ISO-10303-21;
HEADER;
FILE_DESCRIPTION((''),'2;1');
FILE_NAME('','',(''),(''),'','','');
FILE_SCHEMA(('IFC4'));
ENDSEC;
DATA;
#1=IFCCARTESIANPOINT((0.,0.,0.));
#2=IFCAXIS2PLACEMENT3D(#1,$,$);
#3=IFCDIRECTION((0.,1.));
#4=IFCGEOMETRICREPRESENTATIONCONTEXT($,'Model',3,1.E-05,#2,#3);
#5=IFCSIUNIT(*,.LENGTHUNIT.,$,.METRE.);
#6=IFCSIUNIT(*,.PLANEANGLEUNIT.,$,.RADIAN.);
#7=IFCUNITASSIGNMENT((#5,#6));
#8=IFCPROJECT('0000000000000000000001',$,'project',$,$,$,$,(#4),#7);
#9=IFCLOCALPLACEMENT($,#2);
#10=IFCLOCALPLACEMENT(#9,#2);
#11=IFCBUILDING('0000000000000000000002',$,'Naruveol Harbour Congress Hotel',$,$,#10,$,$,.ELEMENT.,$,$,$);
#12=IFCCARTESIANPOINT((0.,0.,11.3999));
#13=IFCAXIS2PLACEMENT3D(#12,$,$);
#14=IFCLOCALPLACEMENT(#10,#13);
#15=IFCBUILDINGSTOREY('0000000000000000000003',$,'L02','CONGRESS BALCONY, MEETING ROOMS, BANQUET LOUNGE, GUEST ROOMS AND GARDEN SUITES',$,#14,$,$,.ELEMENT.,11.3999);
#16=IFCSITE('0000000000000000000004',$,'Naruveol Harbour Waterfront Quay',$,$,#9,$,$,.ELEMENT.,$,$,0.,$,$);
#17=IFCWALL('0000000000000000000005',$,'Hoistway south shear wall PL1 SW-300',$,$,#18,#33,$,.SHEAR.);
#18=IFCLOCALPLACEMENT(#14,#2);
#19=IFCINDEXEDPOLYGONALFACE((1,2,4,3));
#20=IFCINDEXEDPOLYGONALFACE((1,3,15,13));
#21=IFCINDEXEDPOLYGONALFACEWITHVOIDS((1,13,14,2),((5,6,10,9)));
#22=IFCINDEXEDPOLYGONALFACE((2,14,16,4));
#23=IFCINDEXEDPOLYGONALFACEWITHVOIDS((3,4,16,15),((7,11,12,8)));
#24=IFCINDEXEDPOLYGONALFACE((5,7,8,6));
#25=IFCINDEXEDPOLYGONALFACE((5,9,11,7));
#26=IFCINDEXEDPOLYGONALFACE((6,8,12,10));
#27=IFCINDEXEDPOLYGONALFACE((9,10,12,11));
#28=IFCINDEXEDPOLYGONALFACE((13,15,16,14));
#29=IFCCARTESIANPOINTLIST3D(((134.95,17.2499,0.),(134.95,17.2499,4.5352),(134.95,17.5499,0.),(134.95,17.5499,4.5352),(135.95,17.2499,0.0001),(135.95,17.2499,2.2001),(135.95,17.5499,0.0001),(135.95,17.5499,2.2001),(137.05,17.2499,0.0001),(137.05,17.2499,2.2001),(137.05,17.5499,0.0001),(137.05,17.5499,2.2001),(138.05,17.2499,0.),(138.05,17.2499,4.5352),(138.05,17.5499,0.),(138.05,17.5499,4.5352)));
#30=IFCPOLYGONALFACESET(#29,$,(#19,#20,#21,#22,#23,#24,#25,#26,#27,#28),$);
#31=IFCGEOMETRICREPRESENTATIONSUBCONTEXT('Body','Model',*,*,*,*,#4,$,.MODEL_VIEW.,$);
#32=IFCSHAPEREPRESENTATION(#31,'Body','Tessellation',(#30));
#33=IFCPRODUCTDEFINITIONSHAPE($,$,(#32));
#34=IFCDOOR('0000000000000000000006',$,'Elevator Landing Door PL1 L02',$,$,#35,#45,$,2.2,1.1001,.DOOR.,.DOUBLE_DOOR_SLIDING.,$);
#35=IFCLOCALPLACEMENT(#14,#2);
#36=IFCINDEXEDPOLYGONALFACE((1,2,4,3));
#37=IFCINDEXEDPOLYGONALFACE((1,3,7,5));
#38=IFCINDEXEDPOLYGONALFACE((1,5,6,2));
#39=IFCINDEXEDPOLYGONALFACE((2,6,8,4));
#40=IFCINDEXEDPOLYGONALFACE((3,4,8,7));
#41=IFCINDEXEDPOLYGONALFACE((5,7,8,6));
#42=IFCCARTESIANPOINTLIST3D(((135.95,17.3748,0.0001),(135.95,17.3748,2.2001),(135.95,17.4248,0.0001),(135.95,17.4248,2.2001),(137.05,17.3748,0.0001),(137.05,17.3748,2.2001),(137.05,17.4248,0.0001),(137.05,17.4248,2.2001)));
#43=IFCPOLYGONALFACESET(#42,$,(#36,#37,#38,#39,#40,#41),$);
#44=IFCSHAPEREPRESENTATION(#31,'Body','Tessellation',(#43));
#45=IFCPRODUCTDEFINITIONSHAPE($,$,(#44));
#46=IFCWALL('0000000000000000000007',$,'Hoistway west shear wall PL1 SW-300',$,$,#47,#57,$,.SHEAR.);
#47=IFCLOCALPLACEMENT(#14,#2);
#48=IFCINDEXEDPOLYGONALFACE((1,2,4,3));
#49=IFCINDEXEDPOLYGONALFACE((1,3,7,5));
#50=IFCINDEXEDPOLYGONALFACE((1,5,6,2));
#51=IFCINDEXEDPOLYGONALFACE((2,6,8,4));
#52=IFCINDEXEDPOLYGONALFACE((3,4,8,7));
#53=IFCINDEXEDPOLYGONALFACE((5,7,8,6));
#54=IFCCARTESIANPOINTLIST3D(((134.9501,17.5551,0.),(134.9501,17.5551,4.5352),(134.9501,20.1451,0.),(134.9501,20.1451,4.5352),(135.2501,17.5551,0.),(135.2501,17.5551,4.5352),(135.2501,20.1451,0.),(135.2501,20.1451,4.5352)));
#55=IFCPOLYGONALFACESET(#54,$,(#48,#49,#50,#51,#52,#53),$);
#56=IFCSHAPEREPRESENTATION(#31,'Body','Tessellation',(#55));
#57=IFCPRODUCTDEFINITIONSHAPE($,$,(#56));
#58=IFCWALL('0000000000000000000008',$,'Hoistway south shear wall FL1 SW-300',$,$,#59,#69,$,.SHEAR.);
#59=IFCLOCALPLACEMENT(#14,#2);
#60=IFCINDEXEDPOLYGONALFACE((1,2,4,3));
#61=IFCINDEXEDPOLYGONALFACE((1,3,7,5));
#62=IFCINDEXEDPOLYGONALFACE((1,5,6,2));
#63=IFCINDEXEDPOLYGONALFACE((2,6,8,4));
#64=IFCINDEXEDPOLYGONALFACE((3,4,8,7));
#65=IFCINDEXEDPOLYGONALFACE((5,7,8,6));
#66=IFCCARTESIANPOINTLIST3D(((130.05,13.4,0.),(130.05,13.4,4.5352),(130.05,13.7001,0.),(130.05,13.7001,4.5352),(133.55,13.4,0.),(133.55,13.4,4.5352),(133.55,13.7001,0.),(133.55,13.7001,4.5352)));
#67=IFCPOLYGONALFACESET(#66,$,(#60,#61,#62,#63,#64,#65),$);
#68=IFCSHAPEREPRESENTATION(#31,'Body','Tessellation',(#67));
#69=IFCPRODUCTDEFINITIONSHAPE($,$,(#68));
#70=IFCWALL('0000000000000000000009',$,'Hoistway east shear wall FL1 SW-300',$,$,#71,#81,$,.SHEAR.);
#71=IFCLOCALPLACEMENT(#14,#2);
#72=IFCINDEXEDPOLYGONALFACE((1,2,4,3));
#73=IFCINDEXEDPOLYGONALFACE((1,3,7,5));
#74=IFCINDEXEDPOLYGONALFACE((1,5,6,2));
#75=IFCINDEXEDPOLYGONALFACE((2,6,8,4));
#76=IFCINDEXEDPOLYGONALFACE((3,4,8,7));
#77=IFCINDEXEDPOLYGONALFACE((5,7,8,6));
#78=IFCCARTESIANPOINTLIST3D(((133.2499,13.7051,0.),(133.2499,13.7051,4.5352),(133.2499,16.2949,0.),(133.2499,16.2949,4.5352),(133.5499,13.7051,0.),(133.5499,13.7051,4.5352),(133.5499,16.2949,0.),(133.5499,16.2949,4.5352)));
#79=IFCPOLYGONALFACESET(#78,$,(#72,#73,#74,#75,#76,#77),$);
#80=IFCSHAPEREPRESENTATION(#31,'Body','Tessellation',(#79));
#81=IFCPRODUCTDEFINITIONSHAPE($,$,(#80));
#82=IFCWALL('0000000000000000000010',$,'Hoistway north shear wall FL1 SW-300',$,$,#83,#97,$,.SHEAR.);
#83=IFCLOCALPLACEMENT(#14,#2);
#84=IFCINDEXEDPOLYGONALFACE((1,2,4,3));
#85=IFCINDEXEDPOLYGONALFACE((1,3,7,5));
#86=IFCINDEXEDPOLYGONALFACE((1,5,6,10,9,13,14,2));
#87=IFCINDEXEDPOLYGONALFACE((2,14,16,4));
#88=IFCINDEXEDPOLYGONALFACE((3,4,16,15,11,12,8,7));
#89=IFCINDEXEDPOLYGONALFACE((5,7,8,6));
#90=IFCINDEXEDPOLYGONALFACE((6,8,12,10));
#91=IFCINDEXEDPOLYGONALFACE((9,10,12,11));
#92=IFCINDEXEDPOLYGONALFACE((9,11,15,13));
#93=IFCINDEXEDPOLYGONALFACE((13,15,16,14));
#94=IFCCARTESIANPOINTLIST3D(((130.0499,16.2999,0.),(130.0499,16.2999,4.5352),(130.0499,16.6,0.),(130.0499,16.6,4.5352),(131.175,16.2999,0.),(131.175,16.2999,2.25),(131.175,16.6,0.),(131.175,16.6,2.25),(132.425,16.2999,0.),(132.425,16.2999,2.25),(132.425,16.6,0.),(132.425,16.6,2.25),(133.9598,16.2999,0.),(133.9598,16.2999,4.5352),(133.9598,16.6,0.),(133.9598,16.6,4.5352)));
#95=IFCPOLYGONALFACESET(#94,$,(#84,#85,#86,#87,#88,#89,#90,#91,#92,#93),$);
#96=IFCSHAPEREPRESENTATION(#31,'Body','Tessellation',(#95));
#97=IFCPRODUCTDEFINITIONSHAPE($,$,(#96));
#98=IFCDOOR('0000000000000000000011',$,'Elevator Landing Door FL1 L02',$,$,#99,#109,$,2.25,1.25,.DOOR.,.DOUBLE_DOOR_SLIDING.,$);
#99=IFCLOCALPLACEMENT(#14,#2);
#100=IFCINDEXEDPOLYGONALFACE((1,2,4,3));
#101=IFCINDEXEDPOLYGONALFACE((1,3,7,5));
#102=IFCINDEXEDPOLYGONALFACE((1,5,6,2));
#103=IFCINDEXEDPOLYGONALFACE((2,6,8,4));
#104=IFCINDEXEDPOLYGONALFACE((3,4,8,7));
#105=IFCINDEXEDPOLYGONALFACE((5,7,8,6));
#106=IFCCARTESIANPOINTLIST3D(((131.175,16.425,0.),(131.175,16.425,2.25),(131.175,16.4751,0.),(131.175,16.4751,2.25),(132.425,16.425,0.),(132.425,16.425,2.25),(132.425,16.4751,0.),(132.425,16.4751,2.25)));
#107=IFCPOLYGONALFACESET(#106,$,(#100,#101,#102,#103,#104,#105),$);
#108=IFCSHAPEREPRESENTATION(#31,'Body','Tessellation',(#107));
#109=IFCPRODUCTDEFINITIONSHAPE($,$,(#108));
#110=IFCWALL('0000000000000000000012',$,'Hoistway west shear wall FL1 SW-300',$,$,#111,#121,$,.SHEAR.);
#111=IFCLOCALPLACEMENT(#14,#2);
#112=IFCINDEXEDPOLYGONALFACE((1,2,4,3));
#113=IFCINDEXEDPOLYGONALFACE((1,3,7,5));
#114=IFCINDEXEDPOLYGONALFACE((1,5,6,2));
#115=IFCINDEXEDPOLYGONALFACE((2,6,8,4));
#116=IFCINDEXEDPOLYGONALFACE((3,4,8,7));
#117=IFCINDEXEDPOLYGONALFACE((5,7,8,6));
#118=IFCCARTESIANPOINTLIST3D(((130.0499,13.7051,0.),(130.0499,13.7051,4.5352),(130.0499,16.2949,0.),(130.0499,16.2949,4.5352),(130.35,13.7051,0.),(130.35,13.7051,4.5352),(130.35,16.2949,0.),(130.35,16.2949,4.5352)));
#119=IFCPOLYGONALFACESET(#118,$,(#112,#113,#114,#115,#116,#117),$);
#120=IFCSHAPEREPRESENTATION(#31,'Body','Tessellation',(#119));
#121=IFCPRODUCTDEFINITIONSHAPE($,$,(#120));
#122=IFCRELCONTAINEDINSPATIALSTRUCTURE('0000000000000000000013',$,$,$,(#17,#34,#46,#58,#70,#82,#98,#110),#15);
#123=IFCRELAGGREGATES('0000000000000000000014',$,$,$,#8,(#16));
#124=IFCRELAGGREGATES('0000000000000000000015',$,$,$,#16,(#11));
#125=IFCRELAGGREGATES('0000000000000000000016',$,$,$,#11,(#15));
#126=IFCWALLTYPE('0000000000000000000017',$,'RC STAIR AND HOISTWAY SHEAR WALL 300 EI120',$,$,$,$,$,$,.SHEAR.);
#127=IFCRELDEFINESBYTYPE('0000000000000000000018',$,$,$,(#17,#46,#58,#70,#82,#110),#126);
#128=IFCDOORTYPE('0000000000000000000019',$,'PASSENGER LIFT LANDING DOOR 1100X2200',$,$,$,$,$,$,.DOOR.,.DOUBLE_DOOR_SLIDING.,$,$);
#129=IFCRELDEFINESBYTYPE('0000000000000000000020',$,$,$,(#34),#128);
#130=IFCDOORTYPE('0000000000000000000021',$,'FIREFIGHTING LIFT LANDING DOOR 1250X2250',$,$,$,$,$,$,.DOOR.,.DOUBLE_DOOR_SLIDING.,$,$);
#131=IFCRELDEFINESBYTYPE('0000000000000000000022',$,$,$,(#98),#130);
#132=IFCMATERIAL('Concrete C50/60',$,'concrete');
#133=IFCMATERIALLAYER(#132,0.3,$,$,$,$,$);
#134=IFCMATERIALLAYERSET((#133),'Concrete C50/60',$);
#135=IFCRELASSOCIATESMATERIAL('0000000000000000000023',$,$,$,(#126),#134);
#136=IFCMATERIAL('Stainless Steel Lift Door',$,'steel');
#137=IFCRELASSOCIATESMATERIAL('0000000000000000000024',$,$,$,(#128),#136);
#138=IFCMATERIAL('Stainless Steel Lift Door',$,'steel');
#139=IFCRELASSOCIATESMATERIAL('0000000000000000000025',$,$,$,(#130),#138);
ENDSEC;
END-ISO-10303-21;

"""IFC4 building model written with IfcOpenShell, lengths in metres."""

from ifc_helpers import new_model, si_unit, direction, frame, frame_2d, origin, place, context, subcontext, project, spatial, rectangle, extrude, material, layer, layer_set, type_object, element, fill, save


model = new_model("IFC4")

# Units and contexts
model_context = context("Model", 3, precision=1e-05, world=origin(), true_north=direction((0.0, 1.0)))
body_context = subcontext(model_context, "Body", "Model", "MODEL_VIEW")
ifc_project = project(units=[si_unit("LENGTHUNIT", "METRE"), si_unit("PLANEANGLEUNIT", "RADIAN")], contexts=[model_context])

# Site, building, storey
site_placement = place(None, origin())
site = spatial("IfcSite", under=ifc_project, at=site_placement, Name="Naruveol Harbour Waterfront Quay", CompositionType="ELEMENT", RefElevation=0.0)
building_placement = place(site_placement, origin())
building = spatial("IfcBuilding", under=site, at=building_placement, Name="Naruveol Harbour Congress Hotel", CompositionType="ELEMENT")
storey_placement = place(building_placement, frame((0.0, 0.0, 11.3999)))
storey = spatial("IfcBuildingStorey", under=building, at=storey_placement, Name="L02", Description="CONGRESS BALCONY, MEETING ROOMS, BANQUET LOUNGE, GUEST ROOMS AND GARDEN SUITES", CompositionType="ELEMENT", Elevation=11.3999)

# Wall, opening, door
ifc_material_1 = material(Name="Concrete C50/60", Category="concrete")
ifc_layer_1 = layer(ifc_material_1, 0.3)
ifc_layer_set_1 = layer_set([ifc_layer_1], Name="Concrete C50/60")
wall_type_1 = type_object("IfcWallType", Name="RC STAIR AND HOISTWAY SHEAR WALL 300 EI120", PredefinedType="SHEAR", material=ifc_layer_set_1)
wall_1_placement = place(storey_placement, frame((134.95, 17.3999, 0.0), z_axis=(0.0, 0.0, 1.0), x_axis=(1.0, 0.0, 0.0)))
wall_1 = element("IfcWall", 1, at=wall_1_placement, inside=storey, type_object=wall_type_1, Name="Hoistway south shear wall PL1 SW-300", PredefinedType="SHEAR", context=body_context, shape_type="SweptSolid", body=[
    extrude(rectangle(XDim=3.1001, YDim=0.3, at=frame_2d((1.55, 0.0))), origin(), (0.0, 0.0, 1.0), 4.5352),
])
opening_1_placement = place(wall_1_placement, frame((1.0, 0.0, 0.0)))
opening_1 = element("IfcOpeningElement", 2, at=opening_1_placement, cuts=wall_1, PredefinedType="OPENING", context=body_context, shape_type="SweptSolid", body=[
    extrude(rectangle(XDim=1.1001, YDim=2.2, at=frame_2d((0.55, 1.1001))), frame((0.0, 0.1599, 0.0), z_axis=(0.0, -1.0, 0.0), x_axis=(1.0, 0.0, 0.0)), (0.0, 0.0, 1.0), 0.3201),
])
ifc_material_2 = material(Name="Stainless Steel Lift Door", Category="steel")
door_type_1 = type_object("IfcDoorType", Name="PASSENGER LIFT LANDING DOOR 1100X2200", OperationType="DOUBLE_DOOR_SLIDING", PredefinedType="DOOR", material=ifc_material_2)
door_1_placement = place(opening_1_placement, origin())
door_1 = element("IfcDoor", 3, at=door_1_placement, inside=storey, type_object=door_type_1, Name="Elevator Landing Door PL1 L02", OperationType="DOUBLE_DOOR_SLIDING", OverallHeight=2.2, OverallWidth=1.1001, PredefinedType="DOOR", context=body_context, shape_type="SweptSolid", body=[
    extrude(rectangle(XDim=1.1001, YDim=2.2, at=frame_2d((0.55, 1.1001))), frame((0.0, 0.0249, 0.0), z_axis=(0.0, -1.0, 0.0), x_axis=(1.0, 0.0, 0.0)), (0.0, 0.0, 1.0), 0.05),
])
fill(opening_1, door_1)

# Walls
wall_2_placement = place(storey_placement, frame((135.1001, 20.145, 0.0), z_axis=(0.0, 0.0, 1.0), x_axis=(0.0, -1.0, 0.0)))
element("IfcWall", 4, at=wall_2_placement, inside=storey, type_object=wall_type_1, Name="Hoistway west shear wall PL1 SW-300", PredefinedType="SHEAR", context=body_context, shape_type="SweptSolid", body=[
    extrude(rectangle(XDim=2.5901, YDim=0.3, at=frame_2d((1.2949, 0.0))), origin(), (0.0, 0.0, 1.0), 4.5352),
])
wall_3_placement = place(storey_placement, frame((130.05, 13.55, 0.0), z_axis=(0.0, 0.0, 1.0), x_axis=(1.0, 0.0, 0.0)))
element("IfcWall", 5, at=wall_3_placement, inside=storey, type_object=wall_type_1, Name="Hoistway south shear wall FL1 SW-300", PredefinedType="SHEAR", context=body_context, shape_type="SweptSolid", body=[
    extrude(rectangle(XDim=3.5, YDim=0.3, at=frame_2d((1.75, 0.0))), origin(), (0.0, 0.0, 1.0), 4.5352),
])
wall_4_placement = place(storey_placement, frame((133.3999, 13.7051, 0.0), z_axis=(0.0, 0.0, 1.0), x_axis=(0.0, 1.0, 0.0)))
element("IfcWall", 6, at=wall_4_placement, inside=storey, type_object=wall_type_1, Name="Hoistway east shear wall FL1 SW-300", PredefinedType="SHEAR", context=body_context, shape_type="SweptSolid", body=[
    extrude(rectangle(XDim=2.5898, YDim=0.3, at=frame_2d((1.2949, 0.0))), origin(), (0.0, 0.0, 1.0), 4.5352),
])

# Wall, opening, door
wall_5_placement = place(storey_placement, frame((133.96, 16.45, 0.0), z_axis=(0.0, 0.0, 1.0), x_axis=(-1.0, 0.0, 0.0)))
wall_5 = element("IfcWall", 7, at=wall_5_placement, inside=storey, type_object=wall_type_1, Name="Hoistway north shear wall FL1 SW-300", PredefinedType="SHEAR", context=body_context, shape_type="SweptSolid", body=[
    extrude(rectangle(XDim=3.9099, YDim=0.3, at=frame_2d((1.9551, 0.0))), origin(), (0.0, 0.0, 1.0), 4.5352),
])
opening_2_placement = place(wall_5_placement, frame((1.5349, 0.0, 0.0)))
opening_2 = element("IfcOpeningElement", 8, at=opening_2_placement, cuts=wall_5, PredefinedType="OPENING", context=body_context, shape_type="SweptSolid", body=[
    extrude(rectangle(XDim=1.25, YDim=2.25, at=frame_2d((0.625, 1.125))), frame((0.0, 0.1599, 0.0), z_axis=(0.0, -1.0, 0.0), x_axis=(1.0, 0.0, 0.0)), (0.0, 0.0, 1.0), 0.3201),
])
ifc_material_3 = material(Name="Stainless Steel Lift Door", Category="steel")
door_type_2 = type_object("IfcDoorType", Name="FIREFIGHTING LIFT LANDING DOOR 1250X2250", OperationType="DOUBLE_DOOR_SLIDING", PredefinedType="DOOR", material=ifc_material_3)
door_2_placement = place(opening_2_placement, origin())
door_2 = element("IfcDoor", 9, at=door_2_placement, inside=storey, type_object=door_type_2, Name="Elevator Landing Door FL1 L02", OperationType="DOUBLE_DOOR_SLIDING", OverallHeight=2.25, OverallWidth=1.25, PredefinedType="DOOR", context=body_context, shape_type="SweptSolid", body=[
    extrude(rectangle(XDim=1.25, YDim=2.25, at=frame_2d((0.625, 1.125))), frame((0.0, 0.0249, 0.0), z_axis=(0.0, -1.0, 0.0), x_axis=(1.0, 0.0, 0.0)), (0.0, 0.0, 1.0), 0.05),
])
fill(opening_2, door_2)

# Wall
wall_6_placement = place(storey_placement, frame((130.2, 16.2949, 0.0), z_axis=(0.0, 0.0, 1.0), x_axis=(0.0, -1.0, 0.0)))
element("IfcWall", 10, at=wall_6_placement, inside=storey, type_object=wall_type_1, Name="Hoistway west shear wall FL1 SW-300", PredefinedType="SHEAR", context=body_context, shape_type="SweptSolid", body=[
    extrude(rectangle(XDim=2.5898, YDim=0.3, at=frame_2d((1.2949, 0.0))), origin(), (0.0, 0.0, 1.0), 4.5352),
])

save(model, "model.ifc")
